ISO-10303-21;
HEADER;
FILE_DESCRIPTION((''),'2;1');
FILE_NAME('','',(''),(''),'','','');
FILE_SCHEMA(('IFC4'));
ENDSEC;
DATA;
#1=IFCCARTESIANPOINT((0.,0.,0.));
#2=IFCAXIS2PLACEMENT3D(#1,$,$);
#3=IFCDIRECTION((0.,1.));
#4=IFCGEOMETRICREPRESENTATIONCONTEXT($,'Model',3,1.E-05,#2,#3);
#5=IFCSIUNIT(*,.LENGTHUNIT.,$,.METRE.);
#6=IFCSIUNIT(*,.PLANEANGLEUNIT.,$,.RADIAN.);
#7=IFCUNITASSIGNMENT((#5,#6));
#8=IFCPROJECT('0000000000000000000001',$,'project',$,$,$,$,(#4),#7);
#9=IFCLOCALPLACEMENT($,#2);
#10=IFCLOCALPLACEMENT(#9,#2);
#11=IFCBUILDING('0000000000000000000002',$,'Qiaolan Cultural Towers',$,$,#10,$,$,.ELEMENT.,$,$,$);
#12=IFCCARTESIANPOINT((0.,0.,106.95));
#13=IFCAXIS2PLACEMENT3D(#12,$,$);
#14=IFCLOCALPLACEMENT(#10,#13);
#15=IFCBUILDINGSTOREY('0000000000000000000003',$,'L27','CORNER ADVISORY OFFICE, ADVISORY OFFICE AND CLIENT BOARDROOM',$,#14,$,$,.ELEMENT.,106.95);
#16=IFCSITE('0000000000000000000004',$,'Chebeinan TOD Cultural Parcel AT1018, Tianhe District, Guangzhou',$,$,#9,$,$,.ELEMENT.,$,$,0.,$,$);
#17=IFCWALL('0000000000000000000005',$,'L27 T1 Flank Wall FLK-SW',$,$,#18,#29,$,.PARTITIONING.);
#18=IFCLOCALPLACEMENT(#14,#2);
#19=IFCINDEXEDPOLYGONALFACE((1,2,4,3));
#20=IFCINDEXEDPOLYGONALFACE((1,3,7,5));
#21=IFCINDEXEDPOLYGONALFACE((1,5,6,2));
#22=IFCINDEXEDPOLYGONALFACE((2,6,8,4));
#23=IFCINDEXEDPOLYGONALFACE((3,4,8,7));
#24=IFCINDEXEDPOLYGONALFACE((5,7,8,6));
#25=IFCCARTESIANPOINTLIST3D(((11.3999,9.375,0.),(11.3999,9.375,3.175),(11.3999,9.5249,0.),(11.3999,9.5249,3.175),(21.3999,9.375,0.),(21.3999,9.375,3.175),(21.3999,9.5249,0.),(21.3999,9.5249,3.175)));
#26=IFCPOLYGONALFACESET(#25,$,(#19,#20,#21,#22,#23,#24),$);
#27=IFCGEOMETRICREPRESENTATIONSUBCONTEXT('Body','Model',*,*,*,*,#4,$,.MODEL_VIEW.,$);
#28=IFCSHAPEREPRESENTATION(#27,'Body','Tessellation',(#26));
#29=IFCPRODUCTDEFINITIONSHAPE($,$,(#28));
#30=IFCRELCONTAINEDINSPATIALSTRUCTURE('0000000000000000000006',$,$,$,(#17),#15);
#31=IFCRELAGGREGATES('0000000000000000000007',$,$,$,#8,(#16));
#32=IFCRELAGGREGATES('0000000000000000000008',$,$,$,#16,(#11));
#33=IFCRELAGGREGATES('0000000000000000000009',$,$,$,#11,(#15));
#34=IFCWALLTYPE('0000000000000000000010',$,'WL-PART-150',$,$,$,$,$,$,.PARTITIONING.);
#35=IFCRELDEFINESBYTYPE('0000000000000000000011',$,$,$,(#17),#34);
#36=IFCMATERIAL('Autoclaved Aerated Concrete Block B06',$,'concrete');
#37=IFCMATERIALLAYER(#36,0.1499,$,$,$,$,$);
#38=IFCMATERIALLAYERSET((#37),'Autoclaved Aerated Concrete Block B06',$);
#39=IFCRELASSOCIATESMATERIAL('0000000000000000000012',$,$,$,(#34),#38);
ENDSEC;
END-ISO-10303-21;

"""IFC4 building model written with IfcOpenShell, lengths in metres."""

from ifc_helpers import new_model, si_unit, direction, frame, frame_2d, origin, place, context, subcontext, project, spatial, rectangle, extrude, material, layer, layer_set, type_object, element, save


model = new_model("IFC4")

# Units and contexts
model_context = context("Model", 3, precision=1e-05, world=origin(), true_north=direction((0.0, 1.0)))
body_context = subcontext(model_context, "Body", "Model", "MODEL_VIEW")
ifc_project = project(units=[si_unit("LENGTHUNIT", "METRE"), si_unit("PLANEANGLEUNIT", "RADIAN")], contexts=[model_context])

# Site, building, storey
site_placement = place(None, origin())
site = spatial("IfcSite", under=ifc_project, at=site_placement, Name="Chebeinan TOD Cultural Parcel AT1018, Tianhe District, Guangzhou", CompositionType="ELEMENT", RefElevation=0.0)
building_placement = place(site_placement, origin())
building = spatial("IfcBuilding", under=site, at=building_placement, Name="Qiaolan Cultural Towers", CompositionType="ELEMENT")
storey_placement = place(building_placement, frame((0.0, 0.0, 106.95)))
storey = spatial("IfcBuildingStorey", under=building, at=storey_placement, Name="L27", Description="CORNER ADVISORY OFFICE, ADVISORY OFFICE AND CLIENT BOARDROOM", CompositionType="ELEMENT", Elevation=106.95)

# Wall
ifc_material_1 = material(Name="Autoclaved Aerated Concrete Block B06", Category="concrete")
ifc_layer_1 = layer(ifc_material_1, 0.1499)
ifc_layer_set_1 = layer_set([ifc_layer_1], Name="Autoclaved Aerated Concrete Block B06")
wall_type_1 = type_object("IfcWallType", Name="WL-PART-150", PredefinedType="PARTITIONING", material=ifc_layer_set_1)
wall_1_placement = place(storey_placement, frame((11.3999, 9.45, 0.0), z_axis=(0.0, 0.0, 1.0), x_axis=(1.0, 0.0, 0.0)))
element("IfcWall", 1, at=wall_1_placement, inside=storey, type_object=wall_type_1, Name="L27 T1 Flank Wall FLK-SW", PredefinedType="PARTITIONING", context=body_context, shape_type="SweptSolid", body=[
    extrude(rectangle(XDim=10.0, YDim=0.1499, at=frame_2d((5.0, 0.0))), origin(), (0.0, 0.0, 1.0), 3.175),
])

save(model, "model.ifc")
